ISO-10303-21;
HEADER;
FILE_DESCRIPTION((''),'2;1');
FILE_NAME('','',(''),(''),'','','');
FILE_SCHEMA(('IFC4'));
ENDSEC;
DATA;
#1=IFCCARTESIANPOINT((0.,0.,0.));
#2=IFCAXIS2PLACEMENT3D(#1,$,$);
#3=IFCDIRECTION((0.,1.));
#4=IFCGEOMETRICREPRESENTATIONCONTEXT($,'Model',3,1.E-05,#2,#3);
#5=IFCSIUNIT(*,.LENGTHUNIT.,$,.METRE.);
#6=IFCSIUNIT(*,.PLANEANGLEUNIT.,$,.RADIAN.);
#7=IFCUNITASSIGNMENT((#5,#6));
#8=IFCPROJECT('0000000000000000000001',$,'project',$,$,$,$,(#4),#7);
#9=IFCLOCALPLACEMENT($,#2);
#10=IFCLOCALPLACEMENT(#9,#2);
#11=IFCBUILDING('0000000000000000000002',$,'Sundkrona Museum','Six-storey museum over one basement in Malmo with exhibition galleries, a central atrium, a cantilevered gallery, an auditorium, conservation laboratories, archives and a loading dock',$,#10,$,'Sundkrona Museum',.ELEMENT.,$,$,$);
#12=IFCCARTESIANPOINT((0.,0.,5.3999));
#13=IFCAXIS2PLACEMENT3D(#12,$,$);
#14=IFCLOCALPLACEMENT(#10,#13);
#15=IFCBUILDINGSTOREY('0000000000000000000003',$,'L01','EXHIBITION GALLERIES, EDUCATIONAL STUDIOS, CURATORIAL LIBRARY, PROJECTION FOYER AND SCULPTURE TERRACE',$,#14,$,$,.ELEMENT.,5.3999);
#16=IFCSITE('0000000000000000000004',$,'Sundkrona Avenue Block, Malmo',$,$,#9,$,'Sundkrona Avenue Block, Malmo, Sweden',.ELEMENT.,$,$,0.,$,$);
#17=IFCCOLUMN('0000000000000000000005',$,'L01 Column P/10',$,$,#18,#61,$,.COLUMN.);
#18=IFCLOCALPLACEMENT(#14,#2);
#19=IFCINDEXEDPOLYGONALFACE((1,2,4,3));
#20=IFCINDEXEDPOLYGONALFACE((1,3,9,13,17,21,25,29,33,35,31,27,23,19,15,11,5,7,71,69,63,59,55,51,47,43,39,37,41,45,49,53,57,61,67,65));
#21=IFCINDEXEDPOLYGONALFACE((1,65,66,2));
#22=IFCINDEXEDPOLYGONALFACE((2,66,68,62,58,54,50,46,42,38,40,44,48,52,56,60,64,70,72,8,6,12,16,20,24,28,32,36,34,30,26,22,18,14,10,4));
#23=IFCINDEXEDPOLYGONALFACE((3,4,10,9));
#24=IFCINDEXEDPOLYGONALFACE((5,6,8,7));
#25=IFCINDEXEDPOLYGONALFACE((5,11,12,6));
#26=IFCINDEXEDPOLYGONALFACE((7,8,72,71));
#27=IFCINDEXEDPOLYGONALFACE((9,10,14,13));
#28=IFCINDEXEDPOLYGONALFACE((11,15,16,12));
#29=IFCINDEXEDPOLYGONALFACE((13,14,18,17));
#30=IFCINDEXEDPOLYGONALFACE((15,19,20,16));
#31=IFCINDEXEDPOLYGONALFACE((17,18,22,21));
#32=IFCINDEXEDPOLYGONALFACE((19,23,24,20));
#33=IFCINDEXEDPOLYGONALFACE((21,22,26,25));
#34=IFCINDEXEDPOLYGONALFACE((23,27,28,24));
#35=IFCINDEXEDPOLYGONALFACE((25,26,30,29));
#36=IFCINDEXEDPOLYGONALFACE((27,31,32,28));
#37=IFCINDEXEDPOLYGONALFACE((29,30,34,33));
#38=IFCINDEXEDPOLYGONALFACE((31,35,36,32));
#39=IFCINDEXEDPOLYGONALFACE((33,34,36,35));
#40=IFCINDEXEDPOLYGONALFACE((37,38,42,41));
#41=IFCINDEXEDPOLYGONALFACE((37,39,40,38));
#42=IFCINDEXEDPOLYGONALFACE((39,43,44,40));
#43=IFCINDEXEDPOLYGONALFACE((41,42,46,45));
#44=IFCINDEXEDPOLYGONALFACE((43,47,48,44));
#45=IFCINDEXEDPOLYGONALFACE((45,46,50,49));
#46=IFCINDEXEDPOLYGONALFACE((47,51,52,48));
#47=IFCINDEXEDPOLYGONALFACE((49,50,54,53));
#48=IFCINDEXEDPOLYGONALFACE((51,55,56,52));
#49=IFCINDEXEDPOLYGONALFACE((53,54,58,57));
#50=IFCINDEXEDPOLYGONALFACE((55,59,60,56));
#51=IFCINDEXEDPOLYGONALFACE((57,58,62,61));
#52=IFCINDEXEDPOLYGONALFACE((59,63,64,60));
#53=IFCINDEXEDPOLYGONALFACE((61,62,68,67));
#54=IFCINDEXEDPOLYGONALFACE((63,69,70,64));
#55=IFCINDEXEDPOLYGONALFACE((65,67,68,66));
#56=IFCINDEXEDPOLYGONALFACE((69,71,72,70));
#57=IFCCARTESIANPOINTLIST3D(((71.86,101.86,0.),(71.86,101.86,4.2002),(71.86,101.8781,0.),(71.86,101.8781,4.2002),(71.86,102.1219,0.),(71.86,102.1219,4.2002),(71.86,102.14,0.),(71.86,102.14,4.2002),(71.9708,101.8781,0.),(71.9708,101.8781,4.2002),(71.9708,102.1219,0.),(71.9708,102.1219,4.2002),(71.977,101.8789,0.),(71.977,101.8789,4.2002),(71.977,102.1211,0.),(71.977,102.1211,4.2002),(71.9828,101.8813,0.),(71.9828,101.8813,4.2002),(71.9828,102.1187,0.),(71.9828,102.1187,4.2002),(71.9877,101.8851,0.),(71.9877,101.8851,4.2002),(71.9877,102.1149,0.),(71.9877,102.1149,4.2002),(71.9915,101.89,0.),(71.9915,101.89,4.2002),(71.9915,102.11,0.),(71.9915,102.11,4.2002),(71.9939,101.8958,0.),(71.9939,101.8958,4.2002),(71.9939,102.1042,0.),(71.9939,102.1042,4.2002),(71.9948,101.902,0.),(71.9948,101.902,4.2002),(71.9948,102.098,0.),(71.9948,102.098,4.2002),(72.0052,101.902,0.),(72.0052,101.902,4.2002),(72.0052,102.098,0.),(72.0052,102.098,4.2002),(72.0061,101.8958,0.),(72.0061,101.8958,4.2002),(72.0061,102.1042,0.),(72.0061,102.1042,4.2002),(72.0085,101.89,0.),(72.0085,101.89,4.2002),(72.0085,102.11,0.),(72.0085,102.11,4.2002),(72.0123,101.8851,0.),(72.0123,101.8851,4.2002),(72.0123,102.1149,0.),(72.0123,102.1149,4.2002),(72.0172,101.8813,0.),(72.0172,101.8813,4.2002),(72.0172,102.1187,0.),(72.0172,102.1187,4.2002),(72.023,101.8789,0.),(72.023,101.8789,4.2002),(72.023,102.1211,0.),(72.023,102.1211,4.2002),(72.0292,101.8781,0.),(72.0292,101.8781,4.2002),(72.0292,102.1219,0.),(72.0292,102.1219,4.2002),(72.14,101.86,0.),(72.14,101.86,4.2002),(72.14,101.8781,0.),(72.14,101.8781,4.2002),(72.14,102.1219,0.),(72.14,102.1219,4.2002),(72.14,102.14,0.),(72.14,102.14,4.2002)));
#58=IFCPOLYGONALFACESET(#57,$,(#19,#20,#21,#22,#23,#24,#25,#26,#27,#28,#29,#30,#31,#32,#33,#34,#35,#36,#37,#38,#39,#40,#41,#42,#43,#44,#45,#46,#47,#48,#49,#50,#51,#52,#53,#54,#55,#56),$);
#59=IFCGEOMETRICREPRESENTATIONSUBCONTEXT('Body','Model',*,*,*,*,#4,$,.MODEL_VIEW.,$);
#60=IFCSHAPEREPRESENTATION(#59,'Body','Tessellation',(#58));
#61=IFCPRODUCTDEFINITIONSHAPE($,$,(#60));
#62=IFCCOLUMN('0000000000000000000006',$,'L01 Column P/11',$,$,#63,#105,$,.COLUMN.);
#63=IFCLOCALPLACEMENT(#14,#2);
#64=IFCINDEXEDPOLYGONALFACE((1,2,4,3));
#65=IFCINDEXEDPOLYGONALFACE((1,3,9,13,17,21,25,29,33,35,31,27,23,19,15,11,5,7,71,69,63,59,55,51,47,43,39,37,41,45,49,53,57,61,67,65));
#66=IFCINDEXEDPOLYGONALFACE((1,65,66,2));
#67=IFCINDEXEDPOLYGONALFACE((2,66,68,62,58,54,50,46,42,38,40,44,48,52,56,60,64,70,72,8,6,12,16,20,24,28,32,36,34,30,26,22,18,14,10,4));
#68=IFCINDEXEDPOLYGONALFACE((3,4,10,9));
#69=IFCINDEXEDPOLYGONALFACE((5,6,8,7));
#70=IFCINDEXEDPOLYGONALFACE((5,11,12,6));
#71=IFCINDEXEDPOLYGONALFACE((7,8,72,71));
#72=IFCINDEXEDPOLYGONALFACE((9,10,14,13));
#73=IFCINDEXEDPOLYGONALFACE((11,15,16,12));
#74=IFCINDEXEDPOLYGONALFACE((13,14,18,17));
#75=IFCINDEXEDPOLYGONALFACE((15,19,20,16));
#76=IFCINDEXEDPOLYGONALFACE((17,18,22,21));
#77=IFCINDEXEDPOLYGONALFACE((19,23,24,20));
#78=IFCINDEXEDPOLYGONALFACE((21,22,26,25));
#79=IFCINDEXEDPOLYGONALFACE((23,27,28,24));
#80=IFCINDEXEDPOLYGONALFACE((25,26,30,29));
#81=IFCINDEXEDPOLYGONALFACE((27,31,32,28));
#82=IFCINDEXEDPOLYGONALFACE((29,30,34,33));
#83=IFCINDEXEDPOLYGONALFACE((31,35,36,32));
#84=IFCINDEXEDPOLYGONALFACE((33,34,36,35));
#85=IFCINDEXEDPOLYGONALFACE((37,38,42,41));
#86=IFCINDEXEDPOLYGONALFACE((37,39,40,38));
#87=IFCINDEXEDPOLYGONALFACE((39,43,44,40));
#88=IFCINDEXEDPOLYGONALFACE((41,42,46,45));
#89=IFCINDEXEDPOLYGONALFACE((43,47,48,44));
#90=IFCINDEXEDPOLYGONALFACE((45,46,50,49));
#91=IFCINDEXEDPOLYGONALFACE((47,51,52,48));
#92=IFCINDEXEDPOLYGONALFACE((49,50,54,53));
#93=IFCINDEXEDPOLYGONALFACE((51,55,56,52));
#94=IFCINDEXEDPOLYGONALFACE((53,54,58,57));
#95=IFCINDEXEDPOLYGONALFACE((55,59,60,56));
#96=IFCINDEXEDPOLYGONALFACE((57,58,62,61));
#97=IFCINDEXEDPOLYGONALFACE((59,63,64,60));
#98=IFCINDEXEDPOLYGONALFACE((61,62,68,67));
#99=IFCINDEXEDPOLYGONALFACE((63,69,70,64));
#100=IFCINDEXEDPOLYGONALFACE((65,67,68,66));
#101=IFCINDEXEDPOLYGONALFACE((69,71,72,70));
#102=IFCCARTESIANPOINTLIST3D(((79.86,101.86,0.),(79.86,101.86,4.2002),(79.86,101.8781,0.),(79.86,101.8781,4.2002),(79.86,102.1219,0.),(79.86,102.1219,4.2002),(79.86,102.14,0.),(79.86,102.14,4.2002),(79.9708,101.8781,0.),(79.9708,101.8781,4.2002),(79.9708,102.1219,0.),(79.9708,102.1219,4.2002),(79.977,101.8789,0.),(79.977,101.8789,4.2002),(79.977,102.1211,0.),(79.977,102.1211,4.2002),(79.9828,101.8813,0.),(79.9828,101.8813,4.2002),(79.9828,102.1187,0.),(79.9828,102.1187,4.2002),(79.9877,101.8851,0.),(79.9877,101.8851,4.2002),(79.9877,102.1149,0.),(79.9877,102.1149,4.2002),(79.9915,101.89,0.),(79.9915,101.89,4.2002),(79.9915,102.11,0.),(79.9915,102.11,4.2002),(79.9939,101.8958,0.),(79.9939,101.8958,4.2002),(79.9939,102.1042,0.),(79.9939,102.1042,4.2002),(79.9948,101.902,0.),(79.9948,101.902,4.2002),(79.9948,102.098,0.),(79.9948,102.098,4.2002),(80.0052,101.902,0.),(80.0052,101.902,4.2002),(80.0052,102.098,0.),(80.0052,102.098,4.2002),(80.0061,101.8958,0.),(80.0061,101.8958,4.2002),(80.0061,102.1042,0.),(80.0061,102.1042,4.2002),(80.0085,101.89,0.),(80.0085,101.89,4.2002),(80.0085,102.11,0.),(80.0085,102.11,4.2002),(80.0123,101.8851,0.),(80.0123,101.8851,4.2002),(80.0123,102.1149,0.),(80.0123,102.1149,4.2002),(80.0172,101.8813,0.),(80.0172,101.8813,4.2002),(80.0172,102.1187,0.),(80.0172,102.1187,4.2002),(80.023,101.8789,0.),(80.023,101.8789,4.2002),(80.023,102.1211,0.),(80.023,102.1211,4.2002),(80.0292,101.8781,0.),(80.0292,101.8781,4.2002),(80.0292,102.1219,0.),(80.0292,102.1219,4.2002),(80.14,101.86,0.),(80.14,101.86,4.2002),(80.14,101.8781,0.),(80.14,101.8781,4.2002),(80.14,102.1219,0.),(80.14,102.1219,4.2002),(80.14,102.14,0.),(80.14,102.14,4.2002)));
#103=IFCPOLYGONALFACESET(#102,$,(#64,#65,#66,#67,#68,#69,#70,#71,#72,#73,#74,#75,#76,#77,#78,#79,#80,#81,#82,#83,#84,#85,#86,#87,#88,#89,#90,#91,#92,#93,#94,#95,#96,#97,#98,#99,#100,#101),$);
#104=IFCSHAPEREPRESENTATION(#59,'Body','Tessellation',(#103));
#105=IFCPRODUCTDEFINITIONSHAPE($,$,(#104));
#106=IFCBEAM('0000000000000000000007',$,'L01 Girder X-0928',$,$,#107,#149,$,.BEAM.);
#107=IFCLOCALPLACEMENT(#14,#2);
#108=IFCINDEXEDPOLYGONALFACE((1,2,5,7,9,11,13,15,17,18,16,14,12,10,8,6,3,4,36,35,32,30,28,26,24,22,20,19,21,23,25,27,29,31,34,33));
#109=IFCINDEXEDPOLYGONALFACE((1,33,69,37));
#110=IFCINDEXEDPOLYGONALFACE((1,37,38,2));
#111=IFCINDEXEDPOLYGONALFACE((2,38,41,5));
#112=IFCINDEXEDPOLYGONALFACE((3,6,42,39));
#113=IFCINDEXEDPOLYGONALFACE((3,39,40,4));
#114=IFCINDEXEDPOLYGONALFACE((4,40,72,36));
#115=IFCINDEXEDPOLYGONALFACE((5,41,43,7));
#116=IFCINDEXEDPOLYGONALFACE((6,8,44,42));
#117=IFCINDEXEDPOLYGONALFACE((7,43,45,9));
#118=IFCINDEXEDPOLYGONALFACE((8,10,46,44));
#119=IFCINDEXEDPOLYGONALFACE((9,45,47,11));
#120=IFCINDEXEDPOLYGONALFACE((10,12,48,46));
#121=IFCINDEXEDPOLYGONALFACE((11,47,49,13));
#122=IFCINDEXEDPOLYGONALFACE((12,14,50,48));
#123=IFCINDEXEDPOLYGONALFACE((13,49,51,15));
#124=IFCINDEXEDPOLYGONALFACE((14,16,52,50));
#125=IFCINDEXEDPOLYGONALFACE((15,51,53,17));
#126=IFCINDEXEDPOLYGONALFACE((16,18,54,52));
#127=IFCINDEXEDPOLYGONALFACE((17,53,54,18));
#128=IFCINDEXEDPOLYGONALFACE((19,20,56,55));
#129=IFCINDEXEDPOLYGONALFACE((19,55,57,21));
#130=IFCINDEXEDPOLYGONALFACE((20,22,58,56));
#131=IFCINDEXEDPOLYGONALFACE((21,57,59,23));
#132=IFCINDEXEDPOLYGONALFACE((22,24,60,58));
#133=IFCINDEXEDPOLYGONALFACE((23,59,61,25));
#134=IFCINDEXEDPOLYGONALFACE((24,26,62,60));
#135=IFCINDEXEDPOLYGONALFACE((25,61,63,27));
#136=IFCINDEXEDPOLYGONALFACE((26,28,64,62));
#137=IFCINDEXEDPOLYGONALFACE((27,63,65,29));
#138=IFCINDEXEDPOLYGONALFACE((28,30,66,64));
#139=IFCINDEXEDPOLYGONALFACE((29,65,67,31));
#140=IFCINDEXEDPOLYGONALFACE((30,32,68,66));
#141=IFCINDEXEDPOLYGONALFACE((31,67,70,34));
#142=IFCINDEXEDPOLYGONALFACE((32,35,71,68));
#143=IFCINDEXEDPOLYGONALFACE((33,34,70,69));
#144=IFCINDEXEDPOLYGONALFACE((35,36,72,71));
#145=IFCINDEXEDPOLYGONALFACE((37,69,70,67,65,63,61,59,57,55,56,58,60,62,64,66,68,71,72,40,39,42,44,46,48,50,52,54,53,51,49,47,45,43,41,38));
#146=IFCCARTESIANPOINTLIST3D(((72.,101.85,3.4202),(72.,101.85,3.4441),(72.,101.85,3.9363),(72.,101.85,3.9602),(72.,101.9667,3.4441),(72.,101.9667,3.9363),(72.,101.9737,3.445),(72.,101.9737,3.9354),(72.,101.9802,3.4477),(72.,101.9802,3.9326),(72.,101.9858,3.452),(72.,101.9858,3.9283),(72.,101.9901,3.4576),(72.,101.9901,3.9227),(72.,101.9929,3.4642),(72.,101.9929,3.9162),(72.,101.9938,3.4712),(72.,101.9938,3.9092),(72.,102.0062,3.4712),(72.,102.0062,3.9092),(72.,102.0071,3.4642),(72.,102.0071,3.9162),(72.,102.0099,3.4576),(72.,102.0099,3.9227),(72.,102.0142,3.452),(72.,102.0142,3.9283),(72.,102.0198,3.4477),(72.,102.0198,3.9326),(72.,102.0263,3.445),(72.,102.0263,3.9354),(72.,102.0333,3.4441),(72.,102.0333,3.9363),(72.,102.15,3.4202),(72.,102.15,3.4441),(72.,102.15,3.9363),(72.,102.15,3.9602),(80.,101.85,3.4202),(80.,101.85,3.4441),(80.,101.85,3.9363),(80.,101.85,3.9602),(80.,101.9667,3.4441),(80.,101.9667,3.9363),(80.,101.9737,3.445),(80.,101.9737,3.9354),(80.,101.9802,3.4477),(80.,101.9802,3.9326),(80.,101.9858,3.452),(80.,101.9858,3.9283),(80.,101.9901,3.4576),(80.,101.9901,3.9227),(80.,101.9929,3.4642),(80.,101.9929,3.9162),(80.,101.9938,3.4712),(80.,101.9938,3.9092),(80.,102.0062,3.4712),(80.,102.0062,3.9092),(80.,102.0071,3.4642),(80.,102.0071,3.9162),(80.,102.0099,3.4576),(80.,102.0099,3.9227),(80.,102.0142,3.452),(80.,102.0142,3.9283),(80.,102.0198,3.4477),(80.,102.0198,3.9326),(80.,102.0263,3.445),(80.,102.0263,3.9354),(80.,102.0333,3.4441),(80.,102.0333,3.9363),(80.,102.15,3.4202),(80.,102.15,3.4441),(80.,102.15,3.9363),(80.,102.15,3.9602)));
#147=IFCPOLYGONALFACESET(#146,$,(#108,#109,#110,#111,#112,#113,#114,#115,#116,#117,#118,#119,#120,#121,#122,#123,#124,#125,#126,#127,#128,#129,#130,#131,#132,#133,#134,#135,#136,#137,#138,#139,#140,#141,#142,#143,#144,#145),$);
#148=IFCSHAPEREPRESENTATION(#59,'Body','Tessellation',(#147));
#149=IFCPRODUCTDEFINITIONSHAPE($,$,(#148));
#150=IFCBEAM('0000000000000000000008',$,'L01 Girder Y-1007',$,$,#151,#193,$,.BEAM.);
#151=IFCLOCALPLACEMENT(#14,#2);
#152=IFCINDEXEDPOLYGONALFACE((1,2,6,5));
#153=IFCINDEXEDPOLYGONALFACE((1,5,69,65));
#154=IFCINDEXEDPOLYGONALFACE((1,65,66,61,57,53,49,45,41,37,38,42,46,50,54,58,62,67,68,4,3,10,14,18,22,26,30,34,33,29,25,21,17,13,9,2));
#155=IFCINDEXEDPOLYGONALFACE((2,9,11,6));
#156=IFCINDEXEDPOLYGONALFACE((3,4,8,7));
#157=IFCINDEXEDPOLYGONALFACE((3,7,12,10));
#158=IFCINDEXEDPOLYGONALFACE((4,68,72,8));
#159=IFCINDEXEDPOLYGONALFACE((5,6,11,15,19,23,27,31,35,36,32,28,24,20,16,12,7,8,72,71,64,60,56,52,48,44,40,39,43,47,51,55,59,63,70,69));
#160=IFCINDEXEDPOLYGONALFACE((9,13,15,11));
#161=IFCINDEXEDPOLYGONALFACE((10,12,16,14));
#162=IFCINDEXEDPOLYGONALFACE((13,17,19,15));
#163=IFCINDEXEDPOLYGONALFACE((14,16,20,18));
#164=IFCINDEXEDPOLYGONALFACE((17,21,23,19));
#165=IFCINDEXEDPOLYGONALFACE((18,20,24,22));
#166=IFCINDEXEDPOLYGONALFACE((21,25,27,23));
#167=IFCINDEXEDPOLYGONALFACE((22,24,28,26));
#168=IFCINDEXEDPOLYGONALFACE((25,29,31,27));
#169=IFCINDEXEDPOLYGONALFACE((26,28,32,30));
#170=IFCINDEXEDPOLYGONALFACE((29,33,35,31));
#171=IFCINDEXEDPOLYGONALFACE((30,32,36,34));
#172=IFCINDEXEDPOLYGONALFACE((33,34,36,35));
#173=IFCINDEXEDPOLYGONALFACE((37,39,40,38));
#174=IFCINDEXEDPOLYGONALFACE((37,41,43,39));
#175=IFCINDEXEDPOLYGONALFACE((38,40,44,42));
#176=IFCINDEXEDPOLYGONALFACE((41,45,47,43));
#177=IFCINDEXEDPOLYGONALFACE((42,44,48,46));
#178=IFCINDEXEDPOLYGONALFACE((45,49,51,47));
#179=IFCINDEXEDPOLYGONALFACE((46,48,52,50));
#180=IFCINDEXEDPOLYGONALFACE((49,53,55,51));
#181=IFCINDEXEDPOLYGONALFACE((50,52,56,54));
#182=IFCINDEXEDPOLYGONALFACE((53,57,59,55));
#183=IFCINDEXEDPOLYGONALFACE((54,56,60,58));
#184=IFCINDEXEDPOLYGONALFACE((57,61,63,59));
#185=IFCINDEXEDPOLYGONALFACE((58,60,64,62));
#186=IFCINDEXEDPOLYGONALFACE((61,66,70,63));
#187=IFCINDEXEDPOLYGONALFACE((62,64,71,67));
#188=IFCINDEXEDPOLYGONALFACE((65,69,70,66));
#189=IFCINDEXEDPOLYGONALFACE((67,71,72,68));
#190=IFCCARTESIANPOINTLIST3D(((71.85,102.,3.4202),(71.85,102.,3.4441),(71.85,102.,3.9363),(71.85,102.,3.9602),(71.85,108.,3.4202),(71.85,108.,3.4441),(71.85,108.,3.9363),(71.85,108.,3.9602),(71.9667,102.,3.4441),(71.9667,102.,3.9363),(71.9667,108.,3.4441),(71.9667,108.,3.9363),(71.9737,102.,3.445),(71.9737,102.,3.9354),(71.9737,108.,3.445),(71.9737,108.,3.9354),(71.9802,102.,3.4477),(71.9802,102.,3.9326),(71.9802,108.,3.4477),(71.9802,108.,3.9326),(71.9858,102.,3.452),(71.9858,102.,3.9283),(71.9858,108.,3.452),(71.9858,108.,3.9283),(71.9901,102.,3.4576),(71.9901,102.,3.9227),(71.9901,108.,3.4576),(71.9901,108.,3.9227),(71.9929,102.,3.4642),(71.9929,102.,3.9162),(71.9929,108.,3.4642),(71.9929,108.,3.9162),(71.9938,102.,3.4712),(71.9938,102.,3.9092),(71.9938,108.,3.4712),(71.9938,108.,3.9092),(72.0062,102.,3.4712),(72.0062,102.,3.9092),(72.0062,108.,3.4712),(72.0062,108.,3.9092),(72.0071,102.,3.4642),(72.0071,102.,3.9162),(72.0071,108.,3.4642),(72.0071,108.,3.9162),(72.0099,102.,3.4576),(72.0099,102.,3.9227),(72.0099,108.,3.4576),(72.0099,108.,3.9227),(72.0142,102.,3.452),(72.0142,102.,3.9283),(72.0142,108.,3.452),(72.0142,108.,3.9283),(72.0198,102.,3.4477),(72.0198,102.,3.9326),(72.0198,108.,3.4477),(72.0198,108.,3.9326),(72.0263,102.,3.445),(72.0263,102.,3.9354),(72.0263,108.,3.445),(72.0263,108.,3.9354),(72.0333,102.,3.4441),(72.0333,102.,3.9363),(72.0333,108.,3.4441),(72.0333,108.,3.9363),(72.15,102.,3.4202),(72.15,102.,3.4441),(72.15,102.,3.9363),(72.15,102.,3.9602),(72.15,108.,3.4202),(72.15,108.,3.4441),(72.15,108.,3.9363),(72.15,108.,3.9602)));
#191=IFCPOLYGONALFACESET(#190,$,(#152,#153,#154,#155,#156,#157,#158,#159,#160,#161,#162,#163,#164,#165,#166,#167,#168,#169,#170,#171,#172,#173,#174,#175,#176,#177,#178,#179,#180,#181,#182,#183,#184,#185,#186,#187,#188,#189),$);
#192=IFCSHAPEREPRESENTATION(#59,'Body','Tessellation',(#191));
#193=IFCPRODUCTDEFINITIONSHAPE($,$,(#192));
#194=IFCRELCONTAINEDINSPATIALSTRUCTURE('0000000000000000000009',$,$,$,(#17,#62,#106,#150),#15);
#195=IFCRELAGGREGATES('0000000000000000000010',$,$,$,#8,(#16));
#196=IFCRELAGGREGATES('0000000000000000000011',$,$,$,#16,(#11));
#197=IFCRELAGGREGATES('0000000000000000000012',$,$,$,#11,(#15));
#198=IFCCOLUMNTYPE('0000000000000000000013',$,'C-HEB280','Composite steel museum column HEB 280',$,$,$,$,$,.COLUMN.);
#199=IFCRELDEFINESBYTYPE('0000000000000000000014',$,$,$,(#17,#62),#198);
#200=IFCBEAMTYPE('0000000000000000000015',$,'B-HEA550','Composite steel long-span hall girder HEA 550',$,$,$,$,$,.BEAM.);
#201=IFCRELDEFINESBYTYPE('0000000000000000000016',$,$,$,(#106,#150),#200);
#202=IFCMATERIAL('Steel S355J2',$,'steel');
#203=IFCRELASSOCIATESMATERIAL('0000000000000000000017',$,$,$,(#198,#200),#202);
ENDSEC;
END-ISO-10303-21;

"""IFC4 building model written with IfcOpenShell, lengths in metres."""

from ifc_helpers import new_model, si_unit, direction, frame, origin, origin_2d, place, context, subcontext, project, spatial, i_section, extrude, material, material_profile, profile_set, type_object, element, save


model = new_model("IFC4")

# Units and contexts
model_context = context("Model", 3, precision=1e-05, world=origin(), true_north=direction((0.0, 1.0)))
body_context = subcontext(model_context, "Body", "Model", "MODEL_VIEW")
ifc_project = project(units=[si_unit("LENGTHUNIT", "METRE"), si_unit("PLANEANGLEUNIT", "RADIAN")], contexts=[model_context])

# Site, building, storey
site_placement = place(None, origin())
site = spatial("IfcSite", under=ifc_project, at=site_placement, Name="Sundkrona Avenue Block, Malmo", LongName="Sundkrona Avenue Block, Malmo, Sweden", CompositionType="ELEMENT", RefElevation=0.0)
building_placement = place(site_placement, origin())
building = spatial("IfcBuilding", under=site, at=building_placement, Name="Sundkrona Museum", Description="Six-storey museum over one basement in Malmo with exhibition galleries, a central atrium, a cantilevered gallery, an auditorium, conservation laboratories, archives and a loading dock", LongName="Sundkrona Museum", CompositionType="ELEMENT")
storey_placement = place(building_placement, frame((0.0, 0.0, 5.3999)))
storey = spatial("IfcBuildingStorey", under=building, at=storey_placement, Name="L01", Description="EXHIBITION GALLERIES, EDUCATIONAL STUDIOS, CURATORIAL LIBRARY, PROJECTION FOYER AND SCULPTURE TERRACE", CompositionType="ELEMENT", Elevation=5.3999)

# Columns
ifc_material_1 = material(Name="Steel S355J2", Category="steel")
ifc_material_profile_1 = material_profile(ifc_material_1, i_section(OverallWidth=0.28, OverallDepth=0.28, WebThickness=0.0105, FlangeThickness=0.0181, FilletRadius=0.0239, at=origin_2d()), Name="HEB 280")
ifc_profile_set_1 = profile_set([ifc_material_profile_1], Name="Steel S355J2")
column_type = type_object("IfcColumnType", Name="C-HEB280", Description="Composite steel museum column HEB 280", PredefinedType="COLUMN", material=ifc_profile_set_1)
for number, where, z_axis, x_axis, name in (
    (1, (72.0, 102.0, 0.0), (0.0, 0.0, 1.0), (1.0, 0.0, 0.0), "L01 Column P/10"),
    (2, (80.0, 102.0, 0.0), (0.0, 0.0, 1.0), (1.0, 0.0, 0.0), "L01 Column P/11"),
):
    element("IfcColumn", number, at=place(storey_placement, frame(where, z_axis=z_axis, x_axis=x_axis)), inside=storey, type_object=column_type, Name=name, PredefinedType="COLUMN", context=body_context, shape_type="SweptSolid", body=[
        extrude(i_section(OverallWidth=0.28, OverallDepth=0.28, WebThickness=0.0105, FlangeThickness=0.0181, FilletRadius=0.0239, at=origin_2d()), origin(), (0.0, 0.0, 1.0), 4.2002),
    ])

# Beams
ifc_material_profile_2 = material_profile(ifc_material_1, i_section(OverallWidth=0.3, OverallDepth=0.54, WebThickness=0.0125, FlangeThickness=0.0239, FilletRadius=0.0271, at=origin_2d()), Name="HEA 550")
ifc_profile_set_2 = profile_set([ifc_material_profile_2], Name="Steel S355J2")
beam_type_1 = type_object("IfcBeamType", Name="B-HEA550", Description="Composite steel long-span hall girder HEA 550", PredefinedType="BEAM", material=ifc_profile_set_2)
beam_1_placement = place(storey_placement, frame((72.0, 102.0, 3.6902), z_axis=(1.0, 0.0, 0.0), x_axis=(0.0, 1.0, 0.0)))
element("IfcBeam", 3, at=beam_1_placement, inside=storey, type_object=beam_type_1, Name="L01 Girder X-0928", PredefinedType="BEAM", context=body_context, shape_type="SweptSolid", body=[
    extrude(i_section(OverallWidth=0.3, OverallDepth=0.54, WebThickness=0.0125, FlangeThickness=0.0239, FilletRadius=0.0271, at=origin_2d()), origin(), (0.0, 0.0, 1.0), 8.0),
])
beam_2_placement = place(storey_placement, frame((72.0, 102.0, 3.6902), z_axis=(0.0, 1.0, 0.0), x_axis=(-1.0, 0.0, 0.0)))
element("IfcBeam", 4, at=beam_2_placement, inside=storey, type_object=beam_type_1, Name="L01 Girder Y-1007", PredefinedType="BEAM", context=body_context, shape_type="SweptSolid", body=[
    extrude(i_section(OverallWidth=0.3, OverallDepth=0.54, WebThickness=0.0125, FlangeThickness=0.0239, FilletRadius=0.0271, at=origin_2d()), origin(), (0.0, 0.0, 1.0), 6.0),
])

save(model, "model.ifc")
